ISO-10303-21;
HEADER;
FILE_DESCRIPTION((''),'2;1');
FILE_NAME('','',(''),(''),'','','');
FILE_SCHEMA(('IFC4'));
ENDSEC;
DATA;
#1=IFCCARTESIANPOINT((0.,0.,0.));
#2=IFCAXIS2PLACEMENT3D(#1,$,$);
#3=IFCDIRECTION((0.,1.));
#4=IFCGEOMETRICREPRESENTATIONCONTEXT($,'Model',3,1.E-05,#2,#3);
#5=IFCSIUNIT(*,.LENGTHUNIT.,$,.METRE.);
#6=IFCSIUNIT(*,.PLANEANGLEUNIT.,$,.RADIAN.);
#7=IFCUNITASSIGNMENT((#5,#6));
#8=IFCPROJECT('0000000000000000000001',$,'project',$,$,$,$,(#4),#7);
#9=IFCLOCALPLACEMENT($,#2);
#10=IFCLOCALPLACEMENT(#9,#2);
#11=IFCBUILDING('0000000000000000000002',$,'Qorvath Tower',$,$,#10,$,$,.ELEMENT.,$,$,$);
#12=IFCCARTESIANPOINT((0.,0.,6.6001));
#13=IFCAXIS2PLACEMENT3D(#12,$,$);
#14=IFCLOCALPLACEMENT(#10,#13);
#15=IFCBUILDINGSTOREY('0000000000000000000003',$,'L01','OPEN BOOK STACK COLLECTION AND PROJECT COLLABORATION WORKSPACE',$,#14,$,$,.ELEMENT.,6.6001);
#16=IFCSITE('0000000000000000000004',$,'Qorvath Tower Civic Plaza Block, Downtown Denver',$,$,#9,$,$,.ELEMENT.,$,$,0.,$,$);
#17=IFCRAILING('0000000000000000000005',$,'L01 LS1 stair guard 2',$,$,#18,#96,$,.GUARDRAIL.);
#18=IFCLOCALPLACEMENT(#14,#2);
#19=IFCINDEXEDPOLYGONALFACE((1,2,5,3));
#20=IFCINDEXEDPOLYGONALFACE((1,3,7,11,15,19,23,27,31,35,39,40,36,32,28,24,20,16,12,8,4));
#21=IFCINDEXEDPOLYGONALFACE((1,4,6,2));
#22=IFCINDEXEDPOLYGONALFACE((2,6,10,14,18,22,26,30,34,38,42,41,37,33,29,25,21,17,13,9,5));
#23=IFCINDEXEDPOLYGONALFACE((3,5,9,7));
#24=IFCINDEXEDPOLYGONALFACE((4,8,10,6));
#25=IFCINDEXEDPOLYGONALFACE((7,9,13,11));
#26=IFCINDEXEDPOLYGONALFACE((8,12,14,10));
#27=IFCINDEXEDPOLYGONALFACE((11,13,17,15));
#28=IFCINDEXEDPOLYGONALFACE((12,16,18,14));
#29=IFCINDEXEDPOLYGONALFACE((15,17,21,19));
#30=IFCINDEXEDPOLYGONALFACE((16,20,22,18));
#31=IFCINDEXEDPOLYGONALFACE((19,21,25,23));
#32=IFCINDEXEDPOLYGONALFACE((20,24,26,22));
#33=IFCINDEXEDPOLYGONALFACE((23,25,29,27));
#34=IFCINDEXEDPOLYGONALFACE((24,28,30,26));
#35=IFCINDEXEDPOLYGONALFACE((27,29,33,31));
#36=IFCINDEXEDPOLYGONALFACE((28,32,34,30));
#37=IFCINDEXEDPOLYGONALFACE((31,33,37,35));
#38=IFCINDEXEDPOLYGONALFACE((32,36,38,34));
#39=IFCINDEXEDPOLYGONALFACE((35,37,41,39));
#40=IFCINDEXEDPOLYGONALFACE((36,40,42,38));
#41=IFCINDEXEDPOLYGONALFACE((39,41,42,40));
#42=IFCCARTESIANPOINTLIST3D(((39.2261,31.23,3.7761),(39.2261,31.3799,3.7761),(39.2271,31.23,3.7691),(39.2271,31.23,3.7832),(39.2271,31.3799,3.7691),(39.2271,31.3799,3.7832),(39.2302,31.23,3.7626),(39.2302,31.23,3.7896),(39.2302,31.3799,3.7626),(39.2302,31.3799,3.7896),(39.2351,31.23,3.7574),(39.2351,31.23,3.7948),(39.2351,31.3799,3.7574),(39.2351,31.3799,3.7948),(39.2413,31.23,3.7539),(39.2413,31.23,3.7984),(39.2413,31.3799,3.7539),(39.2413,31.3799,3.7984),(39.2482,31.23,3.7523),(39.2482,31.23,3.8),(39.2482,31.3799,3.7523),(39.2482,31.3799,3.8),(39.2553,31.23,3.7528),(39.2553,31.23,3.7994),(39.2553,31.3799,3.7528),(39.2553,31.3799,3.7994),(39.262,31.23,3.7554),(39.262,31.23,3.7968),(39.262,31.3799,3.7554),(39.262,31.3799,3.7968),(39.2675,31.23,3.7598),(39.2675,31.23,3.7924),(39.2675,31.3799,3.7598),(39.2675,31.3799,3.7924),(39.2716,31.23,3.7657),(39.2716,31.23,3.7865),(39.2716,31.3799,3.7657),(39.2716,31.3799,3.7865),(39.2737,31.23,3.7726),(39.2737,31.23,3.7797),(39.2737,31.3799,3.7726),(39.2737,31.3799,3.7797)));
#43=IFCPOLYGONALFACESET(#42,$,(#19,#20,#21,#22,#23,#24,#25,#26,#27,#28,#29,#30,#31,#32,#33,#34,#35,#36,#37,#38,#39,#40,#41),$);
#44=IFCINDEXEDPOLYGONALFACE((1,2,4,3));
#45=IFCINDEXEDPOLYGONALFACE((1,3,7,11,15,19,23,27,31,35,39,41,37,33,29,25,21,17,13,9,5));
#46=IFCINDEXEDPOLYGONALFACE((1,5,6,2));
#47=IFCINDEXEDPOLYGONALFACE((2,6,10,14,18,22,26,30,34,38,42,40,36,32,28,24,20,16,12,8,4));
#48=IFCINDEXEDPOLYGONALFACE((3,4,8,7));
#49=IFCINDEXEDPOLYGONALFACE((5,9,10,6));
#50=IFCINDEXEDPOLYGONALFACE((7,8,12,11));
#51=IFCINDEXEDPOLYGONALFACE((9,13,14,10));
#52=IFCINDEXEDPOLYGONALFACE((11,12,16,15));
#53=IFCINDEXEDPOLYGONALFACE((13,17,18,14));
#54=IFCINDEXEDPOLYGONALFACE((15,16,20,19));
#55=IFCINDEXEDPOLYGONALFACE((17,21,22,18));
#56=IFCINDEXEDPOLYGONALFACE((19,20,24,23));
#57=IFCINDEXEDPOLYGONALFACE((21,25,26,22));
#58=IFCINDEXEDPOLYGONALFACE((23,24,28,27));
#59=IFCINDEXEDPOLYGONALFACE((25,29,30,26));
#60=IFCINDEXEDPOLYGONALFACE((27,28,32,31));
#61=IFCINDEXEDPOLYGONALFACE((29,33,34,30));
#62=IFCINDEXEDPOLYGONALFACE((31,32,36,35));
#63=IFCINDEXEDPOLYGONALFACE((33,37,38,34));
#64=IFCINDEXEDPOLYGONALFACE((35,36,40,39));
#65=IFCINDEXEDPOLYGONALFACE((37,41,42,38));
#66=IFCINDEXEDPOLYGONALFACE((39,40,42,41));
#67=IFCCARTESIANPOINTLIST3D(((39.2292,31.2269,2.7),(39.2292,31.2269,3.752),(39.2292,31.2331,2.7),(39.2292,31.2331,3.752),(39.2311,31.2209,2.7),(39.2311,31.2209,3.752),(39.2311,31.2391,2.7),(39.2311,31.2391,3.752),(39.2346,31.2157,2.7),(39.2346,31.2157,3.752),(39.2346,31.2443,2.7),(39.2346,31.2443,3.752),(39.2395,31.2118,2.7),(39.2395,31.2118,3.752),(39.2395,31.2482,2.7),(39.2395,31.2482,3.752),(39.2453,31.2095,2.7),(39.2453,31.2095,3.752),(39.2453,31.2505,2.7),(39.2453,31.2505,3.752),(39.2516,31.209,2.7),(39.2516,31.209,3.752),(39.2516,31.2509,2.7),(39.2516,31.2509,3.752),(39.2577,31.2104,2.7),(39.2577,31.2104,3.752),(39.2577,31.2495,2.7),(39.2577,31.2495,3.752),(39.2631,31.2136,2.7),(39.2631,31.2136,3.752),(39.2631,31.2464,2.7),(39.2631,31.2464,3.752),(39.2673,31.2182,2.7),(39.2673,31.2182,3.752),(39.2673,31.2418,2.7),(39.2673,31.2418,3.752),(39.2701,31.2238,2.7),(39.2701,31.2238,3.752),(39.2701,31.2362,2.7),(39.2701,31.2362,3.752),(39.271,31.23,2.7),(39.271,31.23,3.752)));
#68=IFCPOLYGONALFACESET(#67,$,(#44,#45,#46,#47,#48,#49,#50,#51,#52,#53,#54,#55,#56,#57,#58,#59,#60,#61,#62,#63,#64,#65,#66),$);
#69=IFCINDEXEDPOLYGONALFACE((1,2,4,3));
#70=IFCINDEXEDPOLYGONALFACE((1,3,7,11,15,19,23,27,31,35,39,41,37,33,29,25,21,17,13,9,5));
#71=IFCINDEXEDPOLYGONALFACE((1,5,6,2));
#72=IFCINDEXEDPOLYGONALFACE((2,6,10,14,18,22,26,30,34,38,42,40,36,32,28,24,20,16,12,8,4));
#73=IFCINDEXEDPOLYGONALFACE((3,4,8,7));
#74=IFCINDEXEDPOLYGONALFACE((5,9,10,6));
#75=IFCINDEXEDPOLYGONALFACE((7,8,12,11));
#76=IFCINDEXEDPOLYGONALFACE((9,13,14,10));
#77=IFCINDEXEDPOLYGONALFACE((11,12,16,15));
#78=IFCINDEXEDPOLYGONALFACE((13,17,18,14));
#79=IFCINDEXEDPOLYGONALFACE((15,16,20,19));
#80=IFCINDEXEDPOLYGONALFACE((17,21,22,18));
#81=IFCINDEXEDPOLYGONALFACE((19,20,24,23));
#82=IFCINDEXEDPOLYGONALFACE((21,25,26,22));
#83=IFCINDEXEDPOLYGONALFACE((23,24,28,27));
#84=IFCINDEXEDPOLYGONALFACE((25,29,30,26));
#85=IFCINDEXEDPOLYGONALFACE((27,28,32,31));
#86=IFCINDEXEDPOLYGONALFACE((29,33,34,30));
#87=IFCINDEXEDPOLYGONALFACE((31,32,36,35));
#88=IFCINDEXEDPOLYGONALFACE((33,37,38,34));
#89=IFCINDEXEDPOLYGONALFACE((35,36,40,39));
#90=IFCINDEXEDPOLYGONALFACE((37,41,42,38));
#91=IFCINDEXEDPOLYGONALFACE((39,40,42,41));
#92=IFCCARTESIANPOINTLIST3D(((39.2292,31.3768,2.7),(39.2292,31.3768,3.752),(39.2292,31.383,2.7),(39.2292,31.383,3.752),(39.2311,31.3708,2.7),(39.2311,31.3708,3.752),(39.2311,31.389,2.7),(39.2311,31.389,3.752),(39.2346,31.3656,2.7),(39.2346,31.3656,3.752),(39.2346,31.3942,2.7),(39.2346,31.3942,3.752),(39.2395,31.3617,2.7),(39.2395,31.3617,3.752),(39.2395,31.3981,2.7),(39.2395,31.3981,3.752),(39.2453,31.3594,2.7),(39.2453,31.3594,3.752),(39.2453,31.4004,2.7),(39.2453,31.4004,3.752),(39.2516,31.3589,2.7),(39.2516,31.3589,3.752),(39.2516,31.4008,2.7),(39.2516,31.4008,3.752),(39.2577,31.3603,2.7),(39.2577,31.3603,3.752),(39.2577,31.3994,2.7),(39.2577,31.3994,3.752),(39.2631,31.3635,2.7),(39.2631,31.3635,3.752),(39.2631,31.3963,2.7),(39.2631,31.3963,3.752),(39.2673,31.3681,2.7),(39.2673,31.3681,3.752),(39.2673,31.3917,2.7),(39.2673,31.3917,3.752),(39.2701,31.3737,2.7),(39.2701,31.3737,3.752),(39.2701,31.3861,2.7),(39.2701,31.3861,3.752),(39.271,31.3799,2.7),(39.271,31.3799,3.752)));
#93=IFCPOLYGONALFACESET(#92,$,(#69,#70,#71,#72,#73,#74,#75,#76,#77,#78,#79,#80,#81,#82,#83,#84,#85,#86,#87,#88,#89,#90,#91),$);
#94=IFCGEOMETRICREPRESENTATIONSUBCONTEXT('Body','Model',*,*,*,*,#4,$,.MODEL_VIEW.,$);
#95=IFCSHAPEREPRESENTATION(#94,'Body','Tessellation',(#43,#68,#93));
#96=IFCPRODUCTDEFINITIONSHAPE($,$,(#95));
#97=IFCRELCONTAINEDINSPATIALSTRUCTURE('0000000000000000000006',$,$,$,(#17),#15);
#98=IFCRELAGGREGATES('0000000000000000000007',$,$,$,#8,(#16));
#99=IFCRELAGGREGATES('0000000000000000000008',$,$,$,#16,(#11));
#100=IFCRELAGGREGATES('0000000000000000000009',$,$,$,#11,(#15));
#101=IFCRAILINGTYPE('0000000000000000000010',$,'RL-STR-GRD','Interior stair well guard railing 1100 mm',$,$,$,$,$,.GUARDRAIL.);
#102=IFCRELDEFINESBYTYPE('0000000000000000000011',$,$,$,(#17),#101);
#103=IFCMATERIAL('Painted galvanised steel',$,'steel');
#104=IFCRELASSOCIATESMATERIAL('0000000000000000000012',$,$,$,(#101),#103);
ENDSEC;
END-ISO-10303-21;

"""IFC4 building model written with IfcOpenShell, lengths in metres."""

from ifc_helpers import new_model, si_unit, direction, frame, origin, origin_2d, place, context, subcontext, project, spatial, circle, extrude, material, type_object, element, save


model = new_model("IFC4")

# Units and contexts
model_context = context("Model", 3, precision=1e-05, world=origin(), true_north=direction((0.0, 1.0)))
body_context = subcontext(model_context, "Body", "Model", "MODEL_VIEW")
ifc_project = project(units=[si_unit("LENGTHUNIT", "METRE"), si_unit("PLANEANGLEUNIT", "RADIAN")], contexts=[model_context])

# Site, building, storey
site_placement = place(None, origin())
site = spatial("IfcSite", under=ifc_project, at=site_placement, Name="Qorvath Tower Civic Plaza Block, Downtown Denver", CompositionType="ELEMENT", RefElevation=0.0)
building_placement = place(site_placement, origin())
building = spatial("IfcBuilding", under=site, at=building_placement, Name="Qorvath Tower", CompositionType="ELEMENT")
storey_placement = place(building_placement, frame((0.0, 0.0, 6.6001)))
storey = spatial("IfcBuildingStorey", under=building, at=storey_placement, Name="L01", Description="OPEN BOOK STACK COLLECTION AND PROJECT COLLABORATION WORKSPACE", CompositionType="ELEMENT", Elevation=6.6001)

# Railing
ifc_material_1 = material(Name="Painted galvanised steel", Category="steel")
railing_type_1 = type_object("IfcRailingType", Name="RL-STR-GRD", Description="Interior stair well guard railing 1100 mm", PredefinedType="GUARDRAIL", material=ifc_material_1)
railing_1_placement = place(storey_placement, frame((39.25, 31.23, 2.7)))
element("IfcRailing", 1, at=railing_1_placement, inside=storey, type_object=railing_type_1, Name="L01 LS1 stair guard 2", PredefinedType="GUARDRAIL", context=body_context, shape_type="SweptSolid", body=[
    extrude(circle(Radius=0.0239, at=origin_2d()), frame((0.0, 0.0, 1.0762), z_axis=(0.0, 1.0, 0.0), x_axis=(-1.0, 0.0, 0.0)), (0.0, 0.0, 1.0), 0.1499),
    extrude(circle(Radius=0.021, at=origin_2d()), origin(), (0.0, 0.0, 1.0), 1.052),
    extrude(circle(Radius=0.021, at=origin_2d()), frame((0.0, 0.1499, 0.0)), (0.0, 0.0, 1.0), 1.052),
])

save(model, "model.ifc")
